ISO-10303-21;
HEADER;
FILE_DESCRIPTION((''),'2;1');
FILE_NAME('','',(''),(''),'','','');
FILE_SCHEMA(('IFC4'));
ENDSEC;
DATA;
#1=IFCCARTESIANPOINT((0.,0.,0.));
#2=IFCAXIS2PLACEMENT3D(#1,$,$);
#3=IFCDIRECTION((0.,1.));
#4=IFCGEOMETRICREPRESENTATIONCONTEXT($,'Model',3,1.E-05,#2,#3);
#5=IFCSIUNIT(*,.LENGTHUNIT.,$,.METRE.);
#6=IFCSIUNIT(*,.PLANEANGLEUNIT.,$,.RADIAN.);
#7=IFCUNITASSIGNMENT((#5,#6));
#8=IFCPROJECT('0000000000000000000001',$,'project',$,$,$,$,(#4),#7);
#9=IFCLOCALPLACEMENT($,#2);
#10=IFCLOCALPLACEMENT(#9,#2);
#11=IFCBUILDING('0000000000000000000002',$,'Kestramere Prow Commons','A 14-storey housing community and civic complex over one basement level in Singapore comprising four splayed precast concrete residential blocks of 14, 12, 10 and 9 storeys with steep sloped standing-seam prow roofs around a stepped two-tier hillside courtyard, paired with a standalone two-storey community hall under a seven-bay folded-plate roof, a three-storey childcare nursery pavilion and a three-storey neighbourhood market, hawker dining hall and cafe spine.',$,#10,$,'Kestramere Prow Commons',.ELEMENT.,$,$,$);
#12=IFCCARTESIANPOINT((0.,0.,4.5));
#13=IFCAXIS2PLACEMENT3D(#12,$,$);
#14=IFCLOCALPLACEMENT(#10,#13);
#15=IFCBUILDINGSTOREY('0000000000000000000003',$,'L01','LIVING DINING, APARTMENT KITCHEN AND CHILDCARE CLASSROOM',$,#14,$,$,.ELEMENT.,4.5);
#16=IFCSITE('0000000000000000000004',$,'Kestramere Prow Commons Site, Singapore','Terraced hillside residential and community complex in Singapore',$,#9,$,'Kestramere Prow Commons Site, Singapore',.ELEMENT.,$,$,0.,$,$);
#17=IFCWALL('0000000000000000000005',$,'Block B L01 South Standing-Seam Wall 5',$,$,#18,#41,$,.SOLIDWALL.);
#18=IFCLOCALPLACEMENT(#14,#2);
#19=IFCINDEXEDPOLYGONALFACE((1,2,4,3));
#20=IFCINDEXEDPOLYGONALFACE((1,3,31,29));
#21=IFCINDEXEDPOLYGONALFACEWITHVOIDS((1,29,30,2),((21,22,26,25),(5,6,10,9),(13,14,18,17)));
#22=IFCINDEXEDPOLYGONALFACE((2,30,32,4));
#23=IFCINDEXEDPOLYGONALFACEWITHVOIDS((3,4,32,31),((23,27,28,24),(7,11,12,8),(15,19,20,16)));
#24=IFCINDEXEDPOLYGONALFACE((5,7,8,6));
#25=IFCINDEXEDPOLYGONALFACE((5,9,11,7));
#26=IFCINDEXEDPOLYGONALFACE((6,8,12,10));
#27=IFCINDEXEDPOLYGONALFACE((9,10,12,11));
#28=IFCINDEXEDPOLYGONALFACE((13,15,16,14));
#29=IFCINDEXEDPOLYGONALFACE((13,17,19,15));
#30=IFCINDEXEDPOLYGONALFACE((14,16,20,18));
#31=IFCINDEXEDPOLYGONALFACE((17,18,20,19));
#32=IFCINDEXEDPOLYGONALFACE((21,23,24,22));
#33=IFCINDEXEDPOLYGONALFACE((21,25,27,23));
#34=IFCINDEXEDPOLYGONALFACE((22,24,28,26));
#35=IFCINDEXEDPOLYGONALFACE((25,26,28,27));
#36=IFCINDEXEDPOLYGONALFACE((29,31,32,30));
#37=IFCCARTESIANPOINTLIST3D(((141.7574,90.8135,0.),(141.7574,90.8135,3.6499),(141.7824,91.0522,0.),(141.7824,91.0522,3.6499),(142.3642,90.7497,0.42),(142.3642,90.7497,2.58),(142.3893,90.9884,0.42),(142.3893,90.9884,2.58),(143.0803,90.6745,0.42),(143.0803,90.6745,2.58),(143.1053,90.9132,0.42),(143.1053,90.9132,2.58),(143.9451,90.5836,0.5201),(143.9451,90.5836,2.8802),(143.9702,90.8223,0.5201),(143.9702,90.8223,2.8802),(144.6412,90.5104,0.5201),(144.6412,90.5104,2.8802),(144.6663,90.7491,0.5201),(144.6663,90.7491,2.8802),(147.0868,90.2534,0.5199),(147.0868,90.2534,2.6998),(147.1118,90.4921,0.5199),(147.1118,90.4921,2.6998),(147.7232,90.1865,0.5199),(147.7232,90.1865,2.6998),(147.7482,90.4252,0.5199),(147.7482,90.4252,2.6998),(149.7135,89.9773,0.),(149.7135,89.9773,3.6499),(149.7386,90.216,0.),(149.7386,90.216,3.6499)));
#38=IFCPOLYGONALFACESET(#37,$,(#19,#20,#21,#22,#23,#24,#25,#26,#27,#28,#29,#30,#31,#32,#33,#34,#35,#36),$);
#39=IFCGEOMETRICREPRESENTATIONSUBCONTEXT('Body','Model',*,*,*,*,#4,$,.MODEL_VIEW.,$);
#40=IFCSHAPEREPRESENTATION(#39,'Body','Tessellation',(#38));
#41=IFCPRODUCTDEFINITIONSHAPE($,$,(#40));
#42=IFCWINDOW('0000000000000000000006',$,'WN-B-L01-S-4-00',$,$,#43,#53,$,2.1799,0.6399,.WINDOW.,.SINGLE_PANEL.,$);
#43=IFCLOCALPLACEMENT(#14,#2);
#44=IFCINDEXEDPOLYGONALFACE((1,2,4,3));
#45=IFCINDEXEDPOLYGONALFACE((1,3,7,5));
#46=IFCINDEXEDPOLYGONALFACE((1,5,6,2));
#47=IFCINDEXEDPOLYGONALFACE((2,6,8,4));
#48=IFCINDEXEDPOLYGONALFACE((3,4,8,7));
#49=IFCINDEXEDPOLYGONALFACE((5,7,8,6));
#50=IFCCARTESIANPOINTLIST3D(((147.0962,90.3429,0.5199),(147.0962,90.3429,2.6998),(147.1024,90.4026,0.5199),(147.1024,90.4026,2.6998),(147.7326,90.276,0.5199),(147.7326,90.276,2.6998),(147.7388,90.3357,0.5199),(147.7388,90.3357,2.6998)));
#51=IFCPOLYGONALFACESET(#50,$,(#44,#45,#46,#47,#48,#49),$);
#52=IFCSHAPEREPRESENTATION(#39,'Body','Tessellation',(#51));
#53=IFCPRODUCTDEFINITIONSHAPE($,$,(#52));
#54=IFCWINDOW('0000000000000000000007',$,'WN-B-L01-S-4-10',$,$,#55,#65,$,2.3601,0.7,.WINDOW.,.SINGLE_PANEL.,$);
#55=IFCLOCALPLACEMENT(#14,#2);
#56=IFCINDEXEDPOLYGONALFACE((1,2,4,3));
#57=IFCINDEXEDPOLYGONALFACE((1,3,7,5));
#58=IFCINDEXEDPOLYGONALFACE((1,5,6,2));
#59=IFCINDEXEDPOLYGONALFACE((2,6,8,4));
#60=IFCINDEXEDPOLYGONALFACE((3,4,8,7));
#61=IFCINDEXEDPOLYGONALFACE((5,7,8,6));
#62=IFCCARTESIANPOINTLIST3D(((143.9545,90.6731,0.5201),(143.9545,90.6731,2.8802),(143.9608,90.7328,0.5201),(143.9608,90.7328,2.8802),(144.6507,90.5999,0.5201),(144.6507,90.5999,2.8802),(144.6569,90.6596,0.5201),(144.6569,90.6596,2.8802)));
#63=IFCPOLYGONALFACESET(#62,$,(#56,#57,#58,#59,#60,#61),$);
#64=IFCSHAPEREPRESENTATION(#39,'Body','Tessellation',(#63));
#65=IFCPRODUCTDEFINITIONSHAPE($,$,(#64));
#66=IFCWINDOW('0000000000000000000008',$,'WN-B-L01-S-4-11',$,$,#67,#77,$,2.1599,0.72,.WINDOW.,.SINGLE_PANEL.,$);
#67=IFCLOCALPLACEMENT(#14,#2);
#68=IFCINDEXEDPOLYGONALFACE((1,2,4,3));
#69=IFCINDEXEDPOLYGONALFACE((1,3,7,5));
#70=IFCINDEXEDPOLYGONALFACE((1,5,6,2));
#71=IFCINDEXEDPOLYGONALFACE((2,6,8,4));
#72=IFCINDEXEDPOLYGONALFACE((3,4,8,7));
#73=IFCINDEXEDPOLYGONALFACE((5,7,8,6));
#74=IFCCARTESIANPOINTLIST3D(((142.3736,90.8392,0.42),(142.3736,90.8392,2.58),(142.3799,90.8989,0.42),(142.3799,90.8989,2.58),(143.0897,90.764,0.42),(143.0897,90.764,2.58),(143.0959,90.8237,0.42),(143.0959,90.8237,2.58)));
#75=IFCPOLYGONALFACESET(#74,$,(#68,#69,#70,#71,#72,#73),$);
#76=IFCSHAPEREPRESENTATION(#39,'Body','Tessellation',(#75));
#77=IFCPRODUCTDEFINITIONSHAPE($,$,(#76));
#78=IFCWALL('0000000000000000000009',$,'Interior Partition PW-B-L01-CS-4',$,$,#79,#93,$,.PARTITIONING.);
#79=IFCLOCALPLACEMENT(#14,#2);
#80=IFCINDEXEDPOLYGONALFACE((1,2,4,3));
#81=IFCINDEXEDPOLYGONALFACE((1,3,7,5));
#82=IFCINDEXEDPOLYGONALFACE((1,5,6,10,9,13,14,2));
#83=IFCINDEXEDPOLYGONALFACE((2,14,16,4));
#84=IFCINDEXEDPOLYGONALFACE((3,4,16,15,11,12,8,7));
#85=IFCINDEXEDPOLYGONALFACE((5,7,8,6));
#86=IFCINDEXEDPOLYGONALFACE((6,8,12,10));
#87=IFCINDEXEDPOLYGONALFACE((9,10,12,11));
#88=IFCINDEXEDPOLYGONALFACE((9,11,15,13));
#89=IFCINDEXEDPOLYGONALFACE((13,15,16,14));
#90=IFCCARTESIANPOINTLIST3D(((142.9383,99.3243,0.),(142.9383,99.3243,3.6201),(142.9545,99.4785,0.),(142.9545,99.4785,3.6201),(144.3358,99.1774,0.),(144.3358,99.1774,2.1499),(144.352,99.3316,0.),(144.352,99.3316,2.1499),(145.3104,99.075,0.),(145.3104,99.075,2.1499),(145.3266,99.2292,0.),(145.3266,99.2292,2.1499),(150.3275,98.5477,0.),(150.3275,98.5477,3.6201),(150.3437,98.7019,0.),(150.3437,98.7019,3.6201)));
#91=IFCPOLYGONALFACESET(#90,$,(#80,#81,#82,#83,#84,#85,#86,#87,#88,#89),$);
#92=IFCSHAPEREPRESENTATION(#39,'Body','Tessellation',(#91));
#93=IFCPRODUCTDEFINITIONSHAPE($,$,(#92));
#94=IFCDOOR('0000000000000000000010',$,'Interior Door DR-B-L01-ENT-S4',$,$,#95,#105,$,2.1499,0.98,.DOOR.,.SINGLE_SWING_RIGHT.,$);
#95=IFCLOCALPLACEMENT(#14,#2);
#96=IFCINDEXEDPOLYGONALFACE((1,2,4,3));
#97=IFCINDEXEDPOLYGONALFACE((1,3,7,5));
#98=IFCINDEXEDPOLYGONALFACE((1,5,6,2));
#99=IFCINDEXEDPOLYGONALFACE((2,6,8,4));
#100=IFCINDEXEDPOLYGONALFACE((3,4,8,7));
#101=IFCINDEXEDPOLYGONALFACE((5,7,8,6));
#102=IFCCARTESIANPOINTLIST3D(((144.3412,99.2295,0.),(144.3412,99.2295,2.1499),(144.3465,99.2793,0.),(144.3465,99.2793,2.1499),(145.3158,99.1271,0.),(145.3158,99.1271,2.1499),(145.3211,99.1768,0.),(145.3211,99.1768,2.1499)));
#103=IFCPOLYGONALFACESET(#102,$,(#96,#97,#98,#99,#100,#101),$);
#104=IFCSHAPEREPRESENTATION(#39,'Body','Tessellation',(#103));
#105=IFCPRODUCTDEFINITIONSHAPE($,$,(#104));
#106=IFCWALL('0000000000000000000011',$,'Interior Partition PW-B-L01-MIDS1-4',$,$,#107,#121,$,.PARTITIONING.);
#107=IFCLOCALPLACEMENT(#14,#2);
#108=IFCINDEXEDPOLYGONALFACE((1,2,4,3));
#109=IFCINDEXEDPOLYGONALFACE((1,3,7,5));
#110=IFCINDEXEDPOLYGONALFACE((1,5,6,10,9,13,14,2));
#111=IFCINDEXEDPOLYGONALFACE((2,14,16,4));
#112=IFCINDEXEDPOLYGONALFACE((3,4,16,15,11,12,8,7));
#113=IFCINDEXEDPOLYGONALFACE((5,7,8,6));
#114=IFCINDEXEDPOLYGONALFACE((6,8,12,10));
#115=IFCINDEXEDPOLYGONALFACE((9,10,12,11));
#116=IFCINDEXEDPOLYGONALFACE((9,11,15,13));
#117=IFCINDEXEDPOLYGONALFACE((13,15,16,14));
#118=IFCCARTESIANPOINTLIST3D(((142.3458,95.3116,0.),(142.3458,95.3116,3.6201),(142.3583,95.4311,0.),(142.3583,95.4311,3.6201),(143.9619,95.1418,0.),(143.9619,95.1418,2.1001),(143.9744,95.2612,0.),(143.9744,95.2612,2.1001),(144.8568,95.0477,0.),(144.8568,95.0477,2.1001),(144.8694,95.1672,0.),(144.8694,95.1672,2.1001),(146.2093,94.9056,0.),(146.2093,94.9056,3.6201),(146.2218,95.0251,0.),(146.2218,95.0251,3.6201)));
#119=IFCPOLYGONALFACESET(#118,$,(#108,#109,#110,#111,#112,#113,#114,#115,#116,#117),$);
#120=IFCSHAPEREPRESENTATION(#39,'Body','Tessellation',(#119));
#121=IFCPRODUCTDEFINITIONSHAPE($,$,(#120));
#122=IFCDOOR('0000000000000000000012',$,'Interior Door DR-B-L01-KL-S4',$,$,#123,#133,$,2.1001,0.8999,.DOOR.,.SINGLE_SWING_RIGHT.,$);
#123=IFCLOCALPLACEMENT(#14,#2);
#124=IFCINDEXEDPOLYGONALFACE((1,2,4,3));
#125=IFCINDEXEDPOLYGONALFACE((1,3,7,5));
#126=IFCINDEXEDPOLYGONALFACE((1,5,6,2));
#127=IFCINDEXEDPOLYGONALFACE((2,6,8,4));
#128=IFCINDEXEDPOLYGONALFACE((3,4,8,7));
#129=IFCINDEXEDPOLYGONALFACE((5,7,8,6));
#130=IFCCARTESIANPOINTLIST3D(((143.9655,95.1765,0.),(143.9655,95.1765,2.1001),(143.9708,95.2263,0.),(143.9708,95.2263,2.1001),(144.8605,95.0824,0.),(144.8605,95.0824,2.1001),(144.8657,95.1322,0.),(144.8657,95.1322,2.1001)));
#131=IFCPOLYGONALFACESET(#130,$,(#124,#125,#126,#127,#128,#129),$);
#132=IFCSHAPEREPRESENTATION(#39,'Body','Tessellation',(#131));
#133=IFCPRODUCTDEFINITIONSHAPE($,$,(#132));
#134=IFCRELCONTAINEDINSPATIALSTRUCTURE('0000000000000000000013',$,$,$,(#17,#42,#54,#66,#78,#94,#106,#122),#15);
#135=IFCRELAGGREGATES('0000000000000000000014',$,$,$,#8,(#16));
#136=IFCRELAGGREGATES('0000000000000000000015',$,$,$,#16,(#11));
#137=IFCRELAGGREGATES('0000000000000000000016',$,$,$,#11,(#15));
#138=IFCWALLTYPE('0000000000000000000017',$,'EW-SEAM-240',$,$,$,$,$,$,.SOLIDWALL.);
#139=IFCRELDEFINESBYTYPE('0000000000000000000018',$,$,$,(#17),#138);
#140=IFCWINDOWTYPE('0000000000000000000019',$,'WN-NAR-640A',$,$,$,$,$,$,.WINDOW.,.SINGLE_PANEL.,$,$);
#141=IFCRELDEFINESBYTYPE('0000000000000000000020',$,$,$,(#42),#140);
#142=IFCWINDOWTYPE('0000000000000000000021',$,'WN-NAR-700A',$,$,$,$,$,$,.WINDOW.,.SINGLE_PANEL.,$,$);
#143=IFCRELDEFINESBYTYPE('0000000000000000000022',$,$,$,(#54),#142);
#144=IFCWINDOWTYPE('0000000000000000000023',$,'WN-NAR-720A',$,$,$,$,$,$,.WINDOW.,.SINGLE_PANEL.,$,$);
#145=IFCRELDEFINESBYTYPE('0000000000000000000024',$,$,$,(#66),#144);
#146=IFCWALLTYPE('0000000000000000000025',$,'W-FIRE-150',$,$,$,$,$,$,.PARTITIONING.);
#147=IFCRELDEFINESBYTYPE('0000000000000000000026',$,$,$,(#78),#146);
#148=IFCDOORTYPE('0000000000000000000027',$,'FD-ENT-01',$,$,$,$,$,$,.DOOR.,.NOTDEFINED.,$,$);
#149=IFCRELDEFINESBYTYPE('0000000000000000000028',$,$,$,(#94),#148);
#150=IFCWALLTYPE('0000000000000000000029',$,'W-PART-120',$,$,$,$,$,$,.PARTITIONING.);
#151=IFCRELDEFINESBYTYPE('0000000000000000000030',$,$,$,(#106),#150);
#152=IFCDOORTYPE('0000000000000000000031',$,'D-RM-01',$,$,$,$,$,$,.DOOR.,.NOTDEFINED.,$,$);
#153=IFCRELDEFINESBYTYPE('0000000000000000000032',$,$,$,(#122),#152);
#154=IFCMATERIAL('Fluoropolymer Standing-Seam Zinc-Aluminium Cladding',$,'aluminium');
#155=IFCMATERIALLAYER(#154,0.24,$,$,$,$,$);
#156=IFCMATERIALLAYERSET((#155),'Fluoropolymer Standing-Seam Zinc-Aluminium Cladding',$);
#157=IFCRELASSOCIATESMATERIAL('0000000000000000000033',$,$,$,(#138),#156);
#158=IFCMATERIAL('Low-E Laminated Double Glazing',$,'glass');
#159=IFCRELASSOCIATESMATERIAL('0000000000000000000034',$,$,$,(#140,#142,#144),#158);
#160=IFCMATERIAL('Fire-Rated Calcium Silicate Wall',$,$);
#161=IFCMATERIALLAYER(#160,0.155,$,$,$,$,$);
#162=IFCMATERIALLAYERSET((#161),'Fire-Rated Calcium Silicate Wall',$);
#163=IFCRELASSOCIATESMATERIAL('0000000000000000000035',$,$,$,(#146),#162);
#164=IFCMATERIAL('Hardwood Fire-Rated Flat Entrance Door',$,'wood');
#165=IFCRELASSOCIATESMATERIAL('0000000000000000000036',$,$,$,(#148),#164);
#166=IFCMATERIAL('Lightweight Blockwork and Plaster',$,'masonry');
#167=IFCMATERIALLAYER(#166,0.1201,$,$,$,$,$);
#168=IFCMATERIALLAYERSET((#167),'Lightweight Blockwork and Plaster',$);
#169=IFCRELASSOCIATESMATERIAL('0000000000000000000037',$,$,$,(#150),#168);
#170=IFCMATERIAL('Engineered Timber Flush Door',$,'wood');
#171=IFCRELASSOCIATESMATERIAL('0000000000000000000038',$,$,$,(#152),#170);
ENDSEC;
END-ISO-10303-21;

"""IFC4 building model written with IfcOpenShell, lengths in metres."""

from ifc_helpers import new_model, si_unit, direction, frame, frame_2d, origin, place, context, subcontext, project, spatial, rectangle, extrude, material, layer, layer_set, type_object, element, fill, save


model = new_model("IFC4")

# Units and contexts
model_context = context("Model", 3, precision=1e-05, world=origin(), true_north=direction((0.0, 1.0)))
body_context = subcontext(model_context, "Body", "Model", "MODEL_VIEW")
ifc_project = project(units=[si_unit("LENGTHUNIT", "METRE"), si_unit("PLANEANGLEUNIT", "RADIAN")], contexts=[model_context])

# Site, building, storey
site_placement = place(None, origin())
site = spatial("IfcSite", under=ifc_project, at=site_placement, Name="Kestramere Prow Commons Site, Singapore", Description="Terraced hillside residential and community complex in Singapore", LongName="Kestramere Prow Commons Site, Singapore", CompositionType="ELEMENT", RefElevation=0.0)
building_placement = place(site_placement, origin())
building = spatial("IfcBuilding", under=site, at=building_placement, Name="Kestramere Prow Commons", Description="A 14-storey housing community and civic complex over one basement level in Singapore comprising four splayed precast concrete residential blocks of 14, 12, 10 and 9 storeys with steep sloped standing-seam prow roofs around a stepped two-tier hillside courtyard, paired with a standalone two-storey community hall under a seven-bay folded-plate roof, a three-storey childcare nursery pavilion and a three-storey neighbourhood market, hawker dining hall and cafe spine.", LongName="Kestramere Prow Commons", CompositionType="ELEMENT")
storey_placement = place(building_placement, frame((0.0, 0.0, 4.5)))
storey = spatial("IfcBuildingStorey", under=building, at=storey_placement, Name="L01", Description="LIVING DINING, APARTMENT KITCHEN AND CHILDCARE CLASSROOM", CompositionType="ELEMENT", Elevation=4.5)

# Wall, openings, windows
ifc_material_1 = material(Name="Fluoropolymer Standing-Seam Zinc-Aluminium Cladding", Category="aluminium")
ifc_layer_1 = layer(ifc_material_1, 0.24)
ifc_layer_set_1 = layer_set([ifc_layer_1], Name="Fluoropolymer Standing-Seam Zinc-Aluminium Cladding")
wall_type_1 = type_object("IfcWallType", Name="EW-SEAM-240", PredefinedType="SOLIDWALL", material=ifc_layer_set_1)
wall_1_placement = place(storey_placement, frame((149.7261, 90.0967, 0.0), z_axis=(0.0, 0.0, 1.0), x_axis=(-0.994523, 0.104521, 0.0)))
wall_1 = element("IfcWall", 1, at=wall_1_placement, inside=storey, type_object=wall_type_1, Name="Block B L01 South Standing-Seam Wall 5", PredefinedType="SOLIDWALL", context=body_context, shape_type="SweptSolid", body=[
    extrude(rectangle(XDim=8.0, YDim=0.24, at=frame_2d((4.0, 0.0))), origin(), (0.0, 0.0, 1.0), 3.6499),
])
opening_1_placement = place(wall_1_placement, frame((2.0015, 0.0, 0.52)))
opening_1 = element("IfcOpeningElement", 2, at=opening_1_placement, cuts=wall_1, PredefinedType="OPENING", context=body_context, shape_type="SweptSolid", body=[
    extrude(rectangle(XDim=0.6399, YDim=2.1799, at=frame_2d((0.3198, 1.0898))), frame((0.0, 0.135, 0.0), z_axis=(0.0, -1.0, 0.0), x_axis=(1.0, 0.0, 0.0)), (0.0, 0.0, 1.0), 0.27),
])
opening_2_placement = place(wall_1_placement, frame((5.1001, 0.0, 0.52)))
opening_2 = element("IfcOpeningElement", 3, at=opening_2_placement, cuts=wall_1, PredefinedType="OPENING", context=body_context, shape_type="SweptSolid", body=[
    extrude(rectangle(XDim=0.7, YDim=2.3601, at=frame_2d((0.3501, 1.1802))), frame((0.0, 0.135, 0.0), z_axis=(0.0, -1.0, 0.0), x_axis=(1.0, 0.0, 0.0)), (0.0, 0.0, 1.0), 0.27),
])
opening_3_placement = place(wall_1_placement, frame((6.6699, 0.0, 0.4199)))
opening_3 = element("IfcOpeningElement", 4, at=opening_3_placement, cuts=wall_1, PredefinedType="OPENING", context=body_context, shape_type="SweptSolid", body=[
    extrude(rectangle(XDim=0.72, YDim=2.1599, at=frame_2d((0.3599, 1.0801))), frame((0.0, 0.135, 0.0), z_axis=(0.0, -1.0, 0.0), x_axis=(1.0, 0.0, 0.0)), (0.0, 0.0, 1.0), 0.27),
])
ifc_material_2 = material(Name="Low-E Laminated Double Glazing", Category="glass")
window_type_1 = type_object("IfcWindowType", Name="WN-NAR-640A", PartitioningType="SINGLE_PANEL", PredefinedType="WINDOW", material=ifc_material_2)
window_1_placement = place(opening_1_placement, origin())
window_1 = element("IfcWindow", 5, at=window_1_placement, inside=storey, type_object=window_type_1, Name="WN-B-L01-S-4-00", OverallHeight=2.1799, OverallWidth=0.6399, PartitioningType="SINGLE_PANEL", PredefinedType="WINDOW", context=body_context, shape_type="SweptSolid", body=[
    extrude(rectangle(XDim=0.6399, YDim=2.1799, at=frame_2d((0.3198, 1.0898))), frame((0.0, 0.03, 0.0), z_axis=(0.0, -1.0, 0.0), x_axis=(1.0, 0.0, 0.0)), (0.0, 0.0, 1.0), 0.0601),
])
fill(opening_1, window_1)
window_type_2 = type_object("IfcWindowType", Name="WN-NAR-700A", PartitioningType="SINGLE_PANEL", PredefinedType="WINDOW", material=ifc_material_2)
window_2_placement = place(opening_2_placement, origin())
window_2 = element("IfcWindow", 6, at=window_2_placement, inside=storey, type_object=window_type_2, Name="WN-B-L01-S-4-10", OverallHeight=2.3601, OverallWidth=0.7, PartitioningType="SINGLE_PANEL", PredefinedType="WINDOW", context=body_context, shape_type="SweptSolid", body=[
    extrude(rectangle(XDim=0.7, YDim=2.3601, at=frame_2d((0.3501, 1.1802))), frame((0.0, 0.03, 0.0), z_axis=(0.0, -1.0, 0.0), x_axis=(1.0, 0.0, 0.0)), (0.0, 0.0, 1.0), 0.0601),
])
fill(opening_2, window_2)
window_type_3 = type_object("IfcWindowType", Name="WN-NAR-720A", PartitioningType="SINGLE_PANEL", PredefinedType="WINDOW", material=ifc_material_2)
window_3_placement = place(opening_3_placement, origin())
window_3 = element("IfcWindow", 7, at=window_3_placement, inside=storey, type_object=window_type_3, Name="WN-B-L01-S-4-11", OverallHeight=2.1599, OverallWidth=0.72, PartitioningType="SINGLE_PANEL", PredefinedType="WINDOW", context=body_context, shape_type="SweptSolid", body=[
    extrude(rectangle(XDim=0.72, YDim=2.1599, at=frame_2d((0.3599, 1.0801))), frame((0.0, 0.03, 0.0), z_axis=(0.0, -1.0, 0.0), x_axis=(1.0, 0.0, 0.0)), (0.0, 0.0, 1.0), 0.0601),
])
fill(opening_3, window_3)

# Walls, openings, doors
ifc_material_3 = material(Name="Fire-Rated Calcium Silicate Wall")
ifc_layer_2 = layer(ifc_material_3, 0.155)
ifc_layer_set_2 = layer_set([ifc_layer_2], Name="Fire-Rated Calcium Silicate Wall")
wall_type_2 = type_object("IfcWallType", Name="W-FIRE-150", PredefinedType="PARTITIONING", material=ifc_layer_set_2)
wall_2_placement = place(storey_placement, frame((142.9465, 99.4014, 0.0), z_axis=(0.0, 0.0, 1.0), x_axis=(0.994522, -0.104526, 0.0)))
wall_2 = element("IfcWall", 8, at=wall_2_placement, inside=storey, type_object=wall_type_2, Name="Interior Partition PW-B-L01-CS-4", PredefinedType="PARTITIONING", context=body_context, shape_type="SweptSolid", body=[
    extrude(rectangle(XDim=7.4299, YDim=0.155, at=frame_2d((3.7148, 0.0))), origin(), (0.0, 0.0, 1.0), 3.6201),
])
opening_4_placement = place(wall_2_placement, frame((1.405, 0.0, 0.0)))
opening_4 = element("IfcOpeningElement", 9, at=opening_4_placement, cuts=wall_2, PredefinedType="OPENING", context=body_context, shape_type="SweptSolid", body=[
    extrude(rectangle(XDim=0.98, YDim=2.1499, at=frame_2d((0.49, 1.075))), frame((0.0, 0.0925, 0.0), z_axis=(0.0, -1.0, 0.0), x_axis=(1.0, 0.0, 0.0)), (0.0, 0.0, 1.0), 0.1851),
])
ifc_material_4 = material(Name="Hardwood Fire-Rated Flat Entrance Door", Category="wood")
door_type_1 = type_object("IfcDoorType", Name="FD-ENT-01", OperationType="NOTDEFINED", PredefinedType="DOOR", material=ifc_material_4)
door_1_placement = place(opening_4_placement, origin())
door_1 = element("IfcDoor", 10, at=door_1_placement, inside=storey, type_object=door_type_1, Name="Interior Door DR-B-L01-ENT-S4", OperationType="SINGLE_SWING_RIGHT", OverallHeight=2.1499, OverallWidth=0.98, PredefinedType="DOOR", context=body_context, shape_type="SweptSolid", body=[
    extrude(rectangle(XDim=0.98, YDim=2.1499, at=frame_2d((0.49, 1.075))), frame((0.0, 0.0249, 0.0), z_axis=(0.0, -1.0, 0.0), x_axis=(1.0, 0.0, 0.0)), (0.0, 0.0, 1.0), 0.05),
])
fill(opening_4, door_1)
ifc_material_5 = material(Name="Lightweight Blockwork and Plaster", Category="masonry")
ifc_layer_3 = layer(ifc_material_5, 0.1201)
ifc_layer_set_3 = layer_set([ifc_layer_3], Name="Lightweight Blockwork and Plaster")
wall_type_3 = type_object("IfcWallType", Name="W-PART-120", PredefinedType="PARTITIONING", material=ifc_layer_set_3)
wall_3_placement = place(storey_placement, frame((142.3521, 95.3713, 0.0), z_axis=(0.0, 0.0, 1.0), x_axis=(0.994524, -0.104511, 0.0)))
wall_3 = element("IfcWall", 11, at=wall_3_placement, inside=storey, type_object=wall_type_3, Name="Interior Partition PW-B-L01-MIDS1-4", PredefinedType="PARTITIONING", context=body_context, shape_type="SweptSolid", body=[
    extrude(rectangle(XDim=3.8848, YDim=0.1201, at=frame_2d((1.9424, 0.0))), origin(), (0.0, 0.0, 1.0), 3.6201),
])
opening_5_placement = place(wall_3_placement, frame((1.625, 0.0, 0.0)))
opening_5 = element("IfcOpeningElement", 12, at=opening_5_placement, cuts=wall_3, PredefinedType="OPENING", context=body_context, shape_type="SweptSolid", body=[
    extrude(rectangle(XDim=0.8999, YDim=2.1001, at=frame_2d((0.45, 1.05))), frame((0.0, 0.075, 0.0), z_axis=(0.0, -1.0, 0.0), x_axis=(1.0, 0.0, 0.0)), (0.0, 0.0, 1.0), 0.1501),
])
ifc_material_6 = material(Name="Engineered Timber Flush Door", Category="wood")
door_type_2 = type_object("IfcDoorType", Name="D-RM-01", OperationType="NOTDEFINED", PredefinedType="DOOR", material=ifc_material_6)
door_2_placement = place(opening_5_placement, origin())
door_2 = element("IfcDoor", 13, at=door_2_placement, inside=storey, type_object=door_type_2, Name="Interior Door DR-B-L01-KL-S4", OperationType="SINGLE_SWING_RIGHT", OverallHeight=2.1001, OverallWidth=0.8999, PredefinedType="DOOR", context=body_context, shape_type="SweptSolid", body=[
    extrude(rectangle(XDim=0.8999, YDim=2.1001, at=frame_2d((0.45, 1.05))), frame((0.0, 0.0249, 0.0), z_axis=(0.0, -1.0, 0.0), x_axis=(1.0, 0.0, 0.0)), (0.0, 0.0, 1.0), 0.05),
])
fill(opening_5, door_2)

save(model, "model.ifc")
